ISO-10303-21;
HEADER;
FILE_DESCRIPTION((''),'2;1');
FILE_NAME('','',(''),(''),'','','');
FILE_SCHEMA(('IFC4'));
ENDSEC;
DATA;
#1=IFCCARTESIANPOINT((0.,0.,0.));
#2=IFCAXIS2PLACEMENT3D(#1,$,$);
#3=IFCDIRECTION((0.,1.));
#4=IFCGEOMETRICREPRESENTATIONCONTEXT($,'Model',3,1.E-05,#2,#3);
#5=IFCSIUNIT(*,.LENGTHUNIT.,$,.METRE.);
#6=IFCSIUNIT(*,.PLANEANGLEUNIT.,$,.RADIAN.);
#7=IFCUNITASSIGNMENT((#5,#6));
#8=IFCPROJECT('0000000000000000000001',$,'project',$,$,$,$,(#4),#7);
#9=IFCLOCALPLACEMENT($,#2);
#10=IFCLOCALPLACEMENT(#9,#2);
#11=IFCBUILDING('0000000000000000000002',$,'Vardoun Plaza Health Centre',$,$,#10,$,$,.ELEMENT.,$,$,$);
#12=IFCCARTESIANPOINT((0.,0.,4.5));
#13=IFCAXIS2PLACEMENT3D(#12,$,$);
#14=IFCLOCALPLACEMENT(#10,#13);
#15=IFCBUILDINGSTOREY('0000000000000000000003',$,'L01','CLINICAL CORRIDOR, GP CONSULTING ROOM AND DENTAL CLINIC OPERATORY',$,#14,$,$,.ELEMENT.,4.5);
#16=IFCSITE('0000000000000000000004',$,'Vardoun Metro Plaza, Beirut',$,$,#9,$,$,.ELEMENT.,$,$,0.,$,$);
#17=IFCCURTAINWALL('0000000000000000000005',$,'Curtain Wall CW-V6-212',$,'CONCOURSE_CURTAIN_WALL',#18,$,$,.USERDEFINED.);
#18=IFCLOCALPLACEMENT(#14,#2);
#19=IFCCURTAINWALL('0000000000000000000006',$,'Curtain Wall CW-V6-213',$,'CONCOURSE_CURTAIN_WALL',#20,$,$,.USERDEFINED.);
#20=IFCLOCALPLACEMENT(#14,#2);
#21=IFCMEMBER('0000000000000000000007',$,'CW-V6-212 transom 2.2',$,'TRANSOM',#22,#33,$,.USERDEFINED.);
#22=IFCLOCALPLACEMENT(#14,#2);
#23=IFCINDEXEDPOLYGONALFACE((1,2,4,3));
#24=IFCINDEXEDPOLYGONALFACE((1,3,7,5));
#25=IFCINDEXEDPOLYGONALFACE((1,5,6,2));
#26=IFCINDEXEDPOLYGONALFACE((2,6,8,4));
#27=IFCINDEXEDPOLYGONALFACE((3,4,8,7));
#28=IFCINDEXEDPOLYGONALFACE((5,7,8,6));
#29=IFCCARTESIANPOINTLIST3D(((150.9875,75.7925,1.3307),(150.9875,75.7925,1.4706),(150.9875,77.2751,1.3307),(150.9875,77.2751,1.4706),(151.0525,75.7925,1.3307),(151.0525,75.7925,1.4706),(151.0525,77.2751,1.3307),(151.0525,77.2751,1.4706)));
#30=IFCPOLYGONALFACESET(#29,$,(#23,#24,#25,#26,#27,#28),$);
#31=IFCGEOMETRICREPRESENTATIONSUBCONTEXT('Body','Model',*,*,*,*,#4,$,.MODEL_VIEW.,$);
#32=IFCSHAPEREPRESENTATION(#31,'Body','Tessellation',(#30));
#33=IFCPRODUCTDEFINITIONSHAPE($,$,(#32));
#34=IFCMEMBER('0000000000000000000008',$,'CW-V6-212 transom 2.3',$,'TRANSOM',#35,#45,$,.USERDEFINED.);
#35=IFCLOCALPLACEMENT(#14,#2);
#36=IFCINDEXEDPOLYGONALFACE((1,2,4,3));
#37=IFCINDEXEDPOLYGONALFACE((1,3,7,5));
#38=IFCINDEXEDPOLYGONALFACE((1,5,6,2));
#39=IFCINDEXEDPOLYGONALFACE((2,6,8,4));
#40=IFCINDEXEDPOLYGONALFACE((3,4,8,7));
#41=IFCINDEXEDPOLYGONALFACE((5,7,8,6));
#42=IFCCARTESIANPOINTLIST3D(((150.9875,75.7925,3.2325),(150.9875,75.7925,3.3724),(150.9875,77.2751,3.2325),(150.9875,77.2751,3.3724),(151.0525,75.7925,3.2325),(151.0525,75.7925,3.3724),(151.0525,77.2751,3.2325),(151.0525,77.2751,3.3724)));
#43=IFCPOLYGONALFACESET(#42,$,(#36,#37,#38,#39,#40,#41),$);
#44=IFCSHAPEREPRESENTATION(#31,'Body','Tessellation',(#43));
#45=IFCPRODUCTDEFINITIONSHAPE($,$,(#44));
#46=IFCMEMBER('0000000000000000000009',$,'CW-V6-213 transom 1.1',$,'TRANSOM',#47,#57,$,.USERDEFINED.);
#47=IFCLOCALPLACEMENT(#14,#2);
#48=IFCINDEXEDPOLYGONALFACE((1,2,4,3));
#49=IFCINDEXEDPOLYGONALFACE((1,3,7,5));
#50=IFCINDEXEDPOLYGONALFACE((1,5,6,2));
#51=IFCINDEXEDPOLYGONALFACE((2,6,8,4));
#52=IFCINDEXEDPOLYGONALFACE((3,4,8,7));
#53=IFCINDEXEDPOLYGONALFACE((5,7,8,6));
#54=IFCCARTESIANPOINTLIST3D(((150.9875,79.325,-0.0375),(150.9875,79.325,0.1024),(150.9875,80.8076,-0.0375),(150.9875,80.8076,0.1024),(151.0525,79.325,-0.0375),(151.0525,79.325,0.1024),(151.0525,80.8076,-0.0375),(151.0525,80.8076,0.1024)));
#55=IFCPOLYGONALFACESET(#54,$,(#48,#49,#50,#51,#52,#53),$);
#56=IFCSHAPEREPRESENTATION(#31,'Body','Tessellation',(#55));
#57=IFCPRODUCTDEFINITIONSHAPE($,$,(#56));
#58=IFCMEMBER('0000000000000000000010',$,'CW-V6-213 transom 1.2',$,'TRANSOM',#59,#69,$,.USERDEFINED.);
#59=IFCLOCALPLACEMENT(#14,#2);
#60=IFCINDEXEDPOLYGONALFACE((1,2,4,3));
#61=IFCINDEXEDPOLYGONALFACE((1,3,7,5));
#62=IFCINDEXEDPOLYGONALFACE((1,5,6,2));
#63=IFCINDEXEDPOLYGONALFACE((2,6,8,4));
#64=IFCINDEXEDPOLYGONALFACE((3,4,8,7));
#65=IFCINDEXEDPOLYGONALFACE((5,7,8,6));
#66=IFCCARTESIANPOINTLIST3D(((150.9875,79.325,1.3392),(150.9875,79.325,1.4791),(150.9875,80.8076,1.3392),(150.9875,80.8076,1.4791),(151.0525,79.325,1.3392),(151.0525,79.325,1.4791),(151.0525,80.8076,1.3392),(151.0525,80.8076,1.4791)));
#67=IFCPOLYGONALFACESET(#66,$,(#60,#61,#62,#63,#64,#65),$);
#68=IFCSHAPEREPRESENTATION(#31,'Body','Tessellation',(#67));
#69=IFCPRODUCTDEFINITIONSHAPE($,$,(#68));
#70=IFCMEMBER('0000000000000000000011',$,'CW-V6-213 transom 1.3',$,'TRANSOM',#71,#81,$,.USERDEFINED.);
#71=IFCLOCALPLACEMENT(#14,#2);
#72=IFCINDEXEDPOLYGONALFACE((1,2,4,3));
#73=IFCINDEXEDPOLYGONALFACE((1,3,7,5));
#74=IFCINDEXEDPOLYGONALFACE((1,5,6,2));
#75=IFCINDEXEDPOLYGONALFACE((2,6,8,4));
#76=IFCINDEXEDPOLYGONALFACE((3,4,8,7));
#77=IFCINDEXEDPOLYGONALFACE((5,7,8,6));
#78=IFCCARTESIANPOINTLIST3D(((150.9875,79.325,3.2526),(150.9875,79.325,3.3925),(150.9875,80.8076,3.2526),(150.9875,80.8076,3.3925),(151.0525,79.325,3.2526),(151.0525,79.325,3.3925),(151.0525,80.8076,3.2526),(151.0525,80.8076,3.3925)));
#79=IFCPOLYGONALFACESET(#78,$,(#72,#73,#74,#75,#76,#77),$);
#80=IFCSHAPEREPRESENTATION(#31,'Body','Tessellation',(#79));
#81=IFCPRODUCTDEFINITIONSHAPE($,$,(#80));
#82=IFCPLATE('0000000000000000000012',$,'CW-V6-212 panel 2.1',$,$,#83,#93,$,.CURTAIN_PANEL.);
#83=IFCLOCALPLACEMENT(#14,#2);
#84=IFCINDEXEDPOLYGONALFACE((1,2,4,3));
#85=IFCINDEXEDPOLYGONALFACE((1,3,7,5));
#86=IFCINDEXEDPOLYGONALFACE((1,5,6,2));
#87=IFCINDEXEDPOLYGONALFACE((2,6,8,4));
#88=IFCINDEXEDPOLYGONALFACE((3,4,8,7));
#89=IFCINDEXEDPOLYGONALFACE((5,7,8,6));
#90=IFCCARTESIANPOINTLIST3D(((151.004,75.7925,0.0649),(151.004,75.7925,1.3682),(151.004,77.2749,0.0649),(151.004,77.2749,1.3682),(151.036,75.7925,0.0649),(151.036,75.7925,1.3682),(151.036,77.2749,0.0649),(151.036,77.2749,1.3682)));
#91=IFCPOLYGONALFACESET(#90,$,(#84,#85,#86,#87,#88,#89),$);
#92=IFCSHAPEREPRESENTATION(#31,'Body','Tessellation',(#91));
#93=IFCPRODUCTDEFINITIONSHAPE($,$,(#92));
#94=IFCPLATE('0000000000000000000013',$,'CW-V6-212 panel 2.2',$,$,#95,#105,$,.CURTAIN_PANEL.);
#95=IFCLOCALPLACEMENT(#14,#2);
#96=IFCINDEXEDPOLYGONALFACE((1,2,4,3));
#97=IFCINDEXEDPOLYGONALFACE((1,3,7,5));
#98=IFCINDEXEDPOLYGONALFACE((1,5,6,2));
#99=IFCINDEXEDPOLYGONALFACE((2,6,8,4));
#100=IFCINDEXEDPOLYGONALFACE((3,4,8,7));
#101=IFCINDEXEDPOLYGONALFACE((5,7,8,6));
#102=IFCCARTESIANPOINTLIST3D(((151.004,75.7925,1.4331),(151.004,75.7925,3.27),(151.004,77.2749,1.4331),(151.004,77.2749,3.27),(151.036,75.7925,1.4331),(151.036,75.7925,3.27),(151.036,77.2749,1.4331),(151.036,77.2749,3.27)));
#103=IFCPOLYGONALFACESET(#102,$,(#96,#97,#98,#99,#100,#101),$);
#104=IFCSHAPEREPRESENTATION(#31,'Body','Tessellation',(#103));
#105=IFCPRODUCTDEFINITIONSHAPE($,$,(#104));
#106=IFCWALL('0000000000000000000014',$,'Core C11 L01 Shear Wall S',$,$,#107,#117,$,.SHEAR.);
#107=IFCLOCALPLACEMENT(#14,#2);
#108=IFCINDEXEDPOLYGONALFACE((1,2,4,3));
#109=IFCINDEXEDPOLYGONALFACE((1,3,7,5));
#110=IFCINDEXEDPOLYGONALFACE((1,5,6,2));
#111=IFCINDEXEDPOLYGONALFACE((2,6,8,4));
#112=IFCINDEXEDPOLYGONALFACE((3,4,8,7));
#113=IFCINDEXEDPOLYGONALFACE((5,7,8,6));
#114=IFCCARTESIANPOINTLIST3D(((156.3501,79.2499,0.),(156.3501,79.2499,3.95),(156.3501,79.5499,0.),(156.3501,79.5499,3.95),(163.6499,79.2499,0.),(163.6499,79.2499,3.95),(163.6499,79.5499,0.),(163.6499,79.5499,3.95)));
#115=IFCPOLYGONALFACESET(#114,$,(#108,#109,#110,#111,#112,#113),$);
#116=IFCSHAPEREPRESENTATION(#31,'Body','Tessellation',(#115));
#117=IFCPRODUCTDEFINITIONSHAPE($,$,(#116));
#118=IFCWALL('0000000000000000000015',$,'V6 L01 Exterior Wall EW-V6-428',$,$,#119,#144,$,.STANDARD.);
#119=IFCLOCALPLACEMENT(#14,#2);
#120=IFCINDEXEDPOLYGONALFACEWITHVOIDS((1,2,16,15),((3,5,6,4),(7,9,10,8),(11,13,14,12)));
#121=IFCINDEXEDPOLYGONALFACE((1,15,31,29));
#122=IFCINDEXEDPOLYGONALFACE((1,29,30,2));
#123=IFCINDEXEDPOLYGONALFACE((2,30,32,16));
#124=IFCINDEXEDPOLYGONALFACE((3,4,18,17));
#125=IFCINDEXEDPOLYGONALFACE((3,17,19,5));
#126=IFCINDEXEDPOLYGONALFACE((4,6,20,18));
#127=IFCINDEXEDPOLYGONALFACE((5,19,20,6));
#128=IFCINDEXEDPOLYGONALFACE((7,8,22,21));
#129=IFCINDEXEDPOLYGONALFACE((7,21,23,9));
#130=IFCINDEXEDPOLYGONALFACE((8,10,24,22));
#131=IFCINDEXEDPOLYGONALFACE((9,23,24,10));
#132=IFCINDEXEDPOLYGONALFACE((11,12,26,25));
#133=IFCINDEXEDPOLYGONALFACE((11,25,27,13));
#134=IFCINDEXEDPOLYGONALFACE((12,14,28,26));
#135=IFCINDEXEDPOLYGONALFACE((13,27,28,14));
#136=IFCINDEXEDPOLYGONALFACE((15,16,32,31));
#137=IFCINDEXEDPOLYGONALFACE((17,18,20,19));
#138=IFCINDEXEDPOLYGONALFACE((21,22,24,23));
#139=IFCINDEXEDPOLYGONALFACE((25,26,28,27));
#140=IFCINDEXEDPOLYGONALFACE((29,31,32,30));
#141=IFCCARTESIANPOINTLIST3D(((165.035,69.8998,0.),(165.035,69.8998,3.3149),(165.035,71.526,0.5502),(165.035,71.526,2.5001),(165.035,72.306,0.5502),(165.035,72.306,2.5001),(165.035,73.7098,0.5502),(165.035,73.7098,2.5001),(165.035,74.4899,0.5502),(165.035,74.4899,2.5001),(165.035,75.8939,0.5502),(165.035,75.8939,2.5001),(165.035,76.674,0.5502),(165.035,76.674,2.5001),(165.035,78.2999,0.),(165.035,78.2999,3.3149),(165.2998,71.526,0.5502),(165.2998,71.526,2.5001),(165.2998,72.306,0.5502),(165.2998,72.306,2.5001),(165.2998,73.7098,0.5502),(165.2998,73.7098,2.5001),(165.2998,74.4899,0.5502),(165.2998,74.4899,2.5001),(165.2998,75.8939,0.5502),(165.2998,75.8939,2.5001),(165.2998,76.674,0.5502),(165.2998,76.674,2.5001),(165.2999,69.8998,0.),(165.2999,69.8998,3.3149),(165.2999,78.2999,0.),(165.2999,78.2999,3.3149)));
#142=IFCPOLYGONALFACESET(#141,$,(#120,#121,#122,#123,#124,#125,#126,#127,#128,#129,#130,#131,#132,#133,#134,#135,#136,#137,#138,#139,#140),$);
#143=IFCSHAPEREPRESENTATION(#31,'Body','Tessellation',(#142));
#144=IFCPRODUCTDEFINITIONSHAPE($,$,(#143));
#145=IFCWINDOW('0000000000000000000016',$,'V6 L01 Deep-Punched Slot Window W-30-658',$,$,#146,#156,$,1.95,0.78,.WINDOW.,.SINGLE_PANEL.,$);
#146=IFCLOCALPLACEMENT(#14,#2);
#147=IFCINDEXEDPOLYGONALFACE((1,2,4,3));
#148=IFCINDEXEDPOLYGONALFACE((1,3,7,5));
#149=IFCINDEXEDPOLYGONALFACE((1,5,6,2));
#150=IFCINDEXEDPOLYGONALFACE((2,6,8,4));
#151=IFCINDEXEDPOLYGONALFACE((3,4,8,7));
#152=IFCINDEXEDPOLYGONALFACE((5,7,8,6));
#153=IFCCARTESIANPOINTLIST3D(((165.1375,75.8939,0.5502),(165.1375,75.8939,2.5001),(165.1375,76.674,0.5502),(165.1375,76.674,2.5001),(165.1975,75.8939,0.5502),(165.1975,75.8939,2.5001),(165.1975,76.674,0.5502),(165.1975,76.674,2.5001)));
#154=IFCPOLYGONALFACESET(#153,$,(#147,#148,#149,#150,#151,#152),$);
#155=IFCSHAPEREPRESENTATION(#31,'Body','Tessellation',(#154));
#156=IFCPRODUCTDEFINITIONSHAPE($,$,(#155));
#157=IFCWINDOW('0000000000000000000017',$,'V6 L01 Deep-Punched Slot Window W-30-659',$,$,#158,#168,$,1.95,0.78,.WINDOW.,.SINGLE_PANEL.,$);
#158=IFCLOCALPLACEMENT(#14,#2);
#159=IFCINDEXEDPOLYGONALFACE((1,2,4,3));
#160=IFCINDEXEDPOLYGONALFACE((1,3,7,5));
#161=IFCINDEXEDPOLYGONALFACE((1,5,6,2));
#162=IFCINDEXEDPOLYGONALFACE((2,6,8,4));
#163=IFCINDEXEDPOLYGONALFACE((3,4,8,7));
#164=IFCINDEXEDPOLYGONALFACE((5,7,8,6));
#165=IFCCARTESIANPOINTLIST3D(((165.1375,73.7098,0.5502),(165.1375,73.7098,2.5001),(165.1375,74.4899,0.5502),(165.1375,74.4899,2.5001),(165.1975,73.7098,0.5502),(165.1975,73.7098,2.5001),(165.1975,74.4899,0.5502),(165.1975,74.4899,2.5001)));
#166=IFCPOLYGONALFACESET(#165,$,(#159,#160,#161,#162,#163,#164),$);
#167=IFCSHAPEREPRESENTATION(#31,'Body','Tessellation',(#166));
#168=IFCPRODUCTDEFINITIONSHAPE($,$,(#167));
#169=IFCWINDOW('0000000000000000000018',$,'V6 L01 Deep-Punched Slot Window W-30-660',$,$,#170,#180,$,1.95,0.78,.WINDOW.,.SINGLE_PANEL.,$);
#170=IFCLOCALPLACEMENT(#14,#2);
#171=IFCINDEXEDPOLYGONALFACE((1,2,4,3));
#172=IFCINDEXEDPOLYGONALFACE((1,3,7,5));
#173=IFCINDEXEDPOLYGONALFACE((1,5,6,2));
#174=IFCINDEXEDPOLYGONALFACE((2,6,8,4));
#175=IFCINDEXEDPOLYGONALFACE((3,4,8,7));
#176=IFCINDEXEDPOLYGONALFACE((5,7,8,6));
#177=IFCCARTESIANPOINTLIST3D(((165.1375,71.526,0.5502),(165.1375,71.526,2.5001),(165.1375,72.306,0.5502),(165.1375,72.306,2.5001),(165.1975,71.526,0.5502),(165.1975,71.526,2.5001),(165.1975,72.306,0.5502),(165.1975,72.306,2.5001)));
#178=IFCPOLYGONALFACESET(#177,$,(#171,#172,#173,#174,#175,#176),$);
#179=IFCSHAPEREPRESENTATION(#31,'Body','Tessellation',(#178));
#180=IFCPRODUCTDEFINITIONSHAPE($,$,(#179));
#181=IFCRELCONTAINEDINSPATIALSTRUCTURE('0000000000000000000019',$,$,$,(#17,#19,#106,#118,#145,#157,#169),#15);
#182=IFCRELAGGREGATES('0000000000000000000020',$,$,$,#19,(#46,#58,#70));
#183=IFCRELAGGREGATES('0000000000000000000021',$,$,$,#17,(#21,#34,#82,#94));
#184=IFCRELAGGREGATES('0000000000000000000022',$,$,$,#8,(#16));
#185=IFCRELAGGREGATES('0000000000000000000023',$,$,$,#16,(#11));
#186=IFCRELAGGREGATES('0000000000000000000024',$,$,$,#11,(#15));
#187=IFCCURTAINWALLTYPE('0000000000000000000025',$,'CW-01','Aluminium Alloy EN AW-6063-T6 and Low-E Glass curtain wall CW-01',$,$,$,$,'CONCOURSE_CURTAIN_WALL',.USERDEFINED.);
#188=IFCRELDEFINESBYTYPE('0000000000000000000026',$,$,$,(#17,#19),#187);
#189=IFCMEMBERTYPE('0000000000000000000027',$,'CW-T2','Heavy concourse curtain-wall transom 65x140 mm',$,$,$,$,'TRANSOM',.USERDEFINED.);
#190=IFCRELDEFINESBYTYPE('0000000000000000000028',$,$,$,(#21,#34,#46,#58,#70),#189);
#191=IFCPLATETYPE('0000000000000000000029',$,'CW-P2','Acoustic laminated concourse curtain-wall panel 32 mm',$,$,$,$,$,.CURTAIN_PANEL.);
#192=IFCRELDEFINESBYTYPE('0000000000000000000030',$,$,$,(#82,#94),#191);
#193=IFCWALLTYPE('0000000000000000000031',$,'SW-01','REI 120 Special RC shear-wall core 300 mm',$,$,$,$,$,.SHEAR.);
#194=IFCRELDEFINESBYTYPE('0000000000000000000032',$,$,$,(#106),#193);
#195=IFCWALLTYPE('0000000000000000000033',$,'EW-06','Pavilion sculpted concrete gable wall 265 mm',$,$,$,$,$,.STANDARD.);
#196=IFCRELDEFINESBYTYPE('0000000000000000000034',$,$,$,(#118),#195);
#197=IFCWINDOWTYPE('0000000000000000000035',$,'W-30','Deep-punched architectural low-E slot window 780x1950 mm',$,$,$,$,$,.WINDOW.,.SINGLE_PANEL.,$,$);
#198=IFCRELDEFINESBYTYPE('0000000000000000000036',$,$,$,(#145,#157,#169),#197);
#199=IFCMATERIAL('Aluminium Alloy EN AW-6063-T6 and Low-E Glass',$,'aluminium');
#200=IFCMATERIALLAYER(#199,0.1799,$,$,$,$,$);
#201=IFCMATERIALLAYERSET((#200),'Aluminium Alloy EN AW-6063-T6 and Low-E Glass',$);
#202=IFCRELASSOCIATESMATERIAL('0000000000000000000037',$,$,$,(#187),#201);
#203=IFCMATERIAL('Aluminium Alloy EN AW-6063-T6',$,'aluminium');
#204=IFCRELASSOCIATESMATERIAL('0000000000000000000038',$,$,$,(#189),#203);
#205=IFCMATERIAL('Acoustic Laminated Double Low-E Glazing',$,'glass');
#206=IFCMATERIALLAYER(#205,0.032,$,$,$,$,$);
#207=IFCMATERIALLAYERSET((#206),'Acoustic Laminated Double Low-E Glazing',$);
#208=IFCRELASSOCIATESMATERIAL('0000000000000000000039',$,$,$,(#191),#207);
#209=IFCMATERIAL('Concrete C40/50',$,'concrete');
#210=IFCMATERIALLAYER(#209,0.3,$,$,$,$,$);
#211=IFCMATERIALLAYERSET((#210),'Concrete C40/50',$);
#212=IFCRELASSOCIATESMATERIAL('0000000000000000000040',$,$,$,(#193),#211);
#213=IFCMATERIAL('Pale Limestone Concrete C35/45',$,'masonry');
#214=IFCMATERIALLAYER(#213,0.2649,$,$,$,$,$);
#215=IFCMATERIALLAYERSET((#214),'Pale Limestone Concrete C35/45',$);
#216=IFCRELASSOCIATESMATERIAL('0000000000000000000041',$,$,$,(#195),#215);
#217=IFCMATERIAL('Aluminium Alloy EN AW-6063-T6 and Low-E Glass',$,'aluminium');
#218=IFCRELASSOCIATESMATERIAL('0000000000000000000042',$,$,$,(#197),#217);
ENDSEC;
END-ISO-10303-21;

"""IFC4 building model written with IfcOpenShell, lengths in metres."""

from ifc_helpers import new_model, si_unit, direction, frame, frame_2d, origin, origin_2d, place, context, subcontext, project, spatial, rectangle, extrude, material, layer, layer_set, material_profile, profile_set, type_object, element, fill, aggregate, save


model = new_model("IFC4")

# Units and contexts
model_context = context("Model", 3, precision=1e-05, world=origin(), true_north=direction((0.0, 1.0)))
body_context = subcontext(model_context, "Body", "Model", "MODEL_VIEW")
ifc_project = project(units=[si_unit("LENGTHUNIT", "METRE"), si_unit("PLANEANGLEUNIT", "RADIAN")], contexts=[model_context])

# Site, building, storey
site_placement = place(None, origin())
site = spatial("IfcSite", under=ifc_project, at=site_placement, Name="Vardoun Metro Plaza, Beirut", CompositionType="ELEMENT", RefElevation=0.0)
building_placement = place(site_placement, origin())
building = spatial("IfcBuilding", under=site, at=building_placement, Name="Vardoun Plaza Health Centre", CompositionType="ELEMENT")
storey_placement = place(building_placement, frame((0.0, 0.0, 4.5)))
storey = spatial("IfcBuildingStorey", under=building, at=storey_placement, Name="L01", Description="CLINICAL CORRIDOR, GP CONSULTING ROOM AND DENTAL CLINIC OPERATORY", CompositionType="ELEMENT", Elevation=4.5)

# Curtain walls
ifc_material_1 = material(Name="Aluminium Alloy EN AW-6063-T6 and Low-E Glass", Category="aluminium")
ifc_layer_1 = layer(ifc_material_1, 0.1799)
ifc_layer_set_1 = layer_set([ifc_layer_1], Name="Aluminium Alloy EN AW-6063-T6 and Low-E Glass")
curtain_wall_type = type_object("IfcCurtainWallType", Name="CW-01", Description="Aluminium Alloy EN AW-6063-T6 and Low-E Glass curtain wall CW-01", ElementType="CONCOURSE_CURTAIN_WALL", PredefinedType="USERDEFINED", material=ifc_layer_set_1)
curtain_wall_1_placement = place(storey_placement, origin())
curtain_wall_1 = element("IfcCurtainWall", 1, at=curtain_wall_1_placement, inside=storey, type_object=curtain_wall_type, Name="Curtain Wall CW-V6-212", ObjectType="CONCOURSE_CURTAIN_WALL", PredefinedType="USERDEFINED")
curtain_wall_2_placement = place(storey_placement, origin())
curtain_wall_2 = element("IfcCurtainWall", 2, at=curtain_wall_2_placement, inside=storey, type_object=curtain_wall_type, Name="Curtain Wall CW-V6-213", ObjectType="CONCOURSE_CURTAIN_WALL", PredefinedType="USERDEFINED")

# Members
ifc_material_2 = material(Name="Aluminium Alloy EN AW-6063-T6", Category="aluminium")
ifc_material_profile_1 = material_profile(ifc_material_2, rectangle(XDim=0.0649, YDim=0.1399, at=origin_2d()), Name="CWT 65x140")
ifc_profile_set_1 = profile_set([ifc_material_profile_1], Name="Aluminium Alloy EN AW-6063-T6")
member_type_1 = type_object("IfcMemberType", Name="CW-T2", Description="Heavy concourse curtain-wall transom 65x140 mm", ElementType="TRANSOM", PredefinedType="USERDEFINED", material=ifc_profile_set_1)
member_1_placement = place(storey_placement, frame((151.02, 75.7925, 1.4006), z_axis=(0.0, 1.0, 0.0), x_axis=(-1.0, 0.0, 0.0)))
member_1 = element("IfcMember", 3, at=member_1_placement, type_object=member_type_1, Name="CW-V6-212 transom 2.2", ObjectType="TRANSOM", PredefinedType="USERDEFINED", context=body_context, shape_type="SweptSolid", body=[
    extrude(rectangle(XDim=0.0649, YDim=0.1399, at=origin_2d()), origin(), (0.0, 0.0, 1.0), 1.4827),
])
member_2_placement = place(storey_placement, frame((151.02, 75.7925, 3.3025), z_axis=(0.0, 1.0, 0.0), x_axis=(-1.0, 0.0, 0.0)))
member_2 = element("IfcMember", 4, at=member_2_placement, type_object=member_type_1, Name="CW-V6-212 transom 2.3", ObjectType="TRANSOM", PredefinedType="USERDEFINED", context=body_context, shape_type="SweptSolid", body=[
    extrude(rectangle(XDim=0.0649, YDim=0.1399, at=origin_2d()), origin(), (0.0, 0.0, 1.0), 1.4827),
])
member_3_placement = place(storey_placement, frame((151.02, 79.325, 0.0325), z_axis=(0.0, 1.0, 0.0), x_axis=(-1.0, 0.0, 0.0)))
member_3 = element("IfcMember", 5, at=member_3_placement, type_object=member_type_1, Name="CW-V6-213 transom 1.1", ObjectType="TRANSOM", PredefinedType="USERDEFINED", context=body_context, shape_type="SweptSolid", body=[
    extrude(rectangle(XDim=0.0649, YDim=0.1399, at=origin_2d()), origin(), (0.0, 0.0, 1.0), 1.4827),
])
member_4_placement = place(storey_placement, frame((151.02, 79.325, 1.4092), z_axis=(0.0, 1.0, 0.0), x_axis=(-1.0, 0.0, 0.0)))
member_4 = element("IfcMember", 6, at=member_4_placement, type_object=member_type_1, Name="CW-V6-213 transom 1.2", ObjectType="TRANSOM", PredefinedType="USERDEFINED", context=body_context, shape_type="SweptSolid", body=[
    extrude(rectangle(XDim=0.0649, YDim=0.1399, at=origin_2d()), origin(), (0.0, 0.0, 1.0), 1.4827),
])
member_5_placement = place(storey_placement, frame((151.02, 79.325, 3.3225), z_axis=(0.0, 1.0, 0.0), x_axis=(-1.0, 0.0, 0.0)))
member_5 = element("IfcMember", 7, at=member_5_placement, type_object=member_type_1, Name="CW-V6-213 transom 1.3", ObjectType="TRANSOM", PredefinedType="USERDEFINED", context=body_context, shape_type="SweptSolid", body=[
    extrude(rectangle(XDim=0.0649, YDim=0.1399, at=origin_2d()), origin(), (0.0, 0.0, 1.0), 1.4827),
])
aggregate(curtain_wall_2, [member_3, member_4, member_5])

# Plates
ifc_material_3 = material(Name="Acoustic Laminated Double Low-E Glazing", Category="glass")
ifc_layer_2 = layer(ifc_material_3, 0.032)
ifc_layer_set_2 = layer_set([ifc_layer_2], Name="Acoustic Laminated Double Low-E Glazing")
plate_type = type_object("IfcPlateType", Name="CW-P2", Description="Acoustic laminated concourse curtain-wall panel 32 mm", PredefinedType="CURTAIN_PANEL", material=ifc_layer_set_2)
plate_1_placement = place(storey_placement, frame((151.02, 76.5337, 0.0649), z_axis=(0.0, 0.0, 1.0), x_axis=(0.0, 1.0, 0.0)))
plate_1 = element("IfcPlate", 8, at=plate_1_placement, type_object=plate_type, Name="CW-V6-212 panel 2.1", PredefinedType="CURTAIN_PANEL", context=body_context, shape_type="SweptSolid", body=[
    extrude(rectangle(XDim=1.4824, YDim=0.032, at=origin_2d()), origin(), (0.0, 0.0, 1.0), 1.3032),
])
plate_2_placement = place(storey_placement, frame((151.02, 76.5337, 1.4331), z_axis=(0.0, 0.0, 1.0), x_axis=(0.0, 1.0, 0.0)))
plate_2 = element("IfcPlate", 9, at=plate_2_placement, type_object=plate_type, Name="CW-V6-212 panel 2.2", PredefinedType="CURTAIN_PANEL", context=body_context, shape_type="SweptSolid", body=[
    extrude(rectangle(XDim=1.4824, YDim=0.032, at=origin_2d()), origin(), (0.0, 0.0, 1.0), 1.8369),
])
aggregate(curtain_wall_1, [member_1, member_2, plate_1, plate_2])

# Wall
ifc_material_4 = material(Name="Concrete C40/50", Category="concrete")
ifc_layer_3 = layer(ifc_material_4, 0.3)
ifc_layer_set_3 = layer_set([ifc_layer_3], Name="Concrete C40/50")
wall_type_1 = type_object("IfcWallType", Name="SW-01", Description="REI 120 Special RC shear-wall core 300 mm", PredefinedType="SHEAR", material=ifc_layer_set_3)
wall_1_placement = place(storey_placement, frame((163.6499, 79.3999, 0.0), z_axis=(0.0, 0.0, 1.0), x_axis=(-1.0, 0.0, 0.0)))
element("IfcWall", 10, at=wall_1_placement, inside=storey, type_object=wall_type_1, Name="Core C11 L01 Shear Wall S", PredefinedType="SHEAR", context=body_context, shape_type="SweptSolid", body=[
    extrude(rectangle(XDim=7.2998, YDim=0.3, at=frame_2d((3.6499, 0.0))), origin(), (0.0, 0.0, 1.0), 3.95),
])

# Wall, openings, windows
ifc_material_5 = material(Name="Pale Limestone Concrete C35/45", Category="masonry")
ifc_layer_4 = layer(ifc_material_5, 0.2649)
ifc_layer_set_4 = layer_set([ifc_layer_4], Name="Pale Limestone Concrete C35/45")
wall_type_2 = type_object("IfcWallType", Name="EW-06", Description="Pavilion sculpted concrete gable wall 265 mm", PredefinedType="STANDARD", material=ifc_layer_set_4)
wall_2_placement = place(storey_placement, frame((165.1675, 78.3, 0.0), z_axis=(0.0, 0.0, 1.0), x_axis=(0.0, -1.0, 0.0)))
wall_2 = element("IfcWall", 11, at=wall_2_placement, inside=storey, type_object=wall_type_2, Name="V6 L01 Exterior Wall EW-V6-428", PredefinedType="STANDARD", context=body_context, shape_type="SweptSolid", body=[
    extrude(rectangle(XDim=8.4001, YDim=0.2649, at=frame_2d((4.2002, 0.0))), origin(), (0.0, 0.0, 1.0), 3.3149),
])
opening_1_placement = place(wall_2_placement, frame((1.626, 0.0, 0.55)))
opening_1 = element("IfcOpeningElement", 12, at=opening_1_placement, cuts=wall_2, PredefinedType="OPENING", context=body_context, shape_type="SweptSolid", body=[
    extrude(rectangle(XDim=0.78, YDim=1.95, at=frame_2d((0.3901, 0.9751))), frame((0.0, 0.1323, 0.0), z_axis=(0.0, -1.0, 0.0), x_axis=(1.0, 0.0, 0.0)), (0.0, 0.0, 1.0), 0.2649),
])
opening_2_placement = place(wall_2_placement, frame((3.8101, 0.0, 0.55)))
opening_2 = element("IfcOpeningElement", 13, at=opening_2_placement, cuts=wall_2, PredefinedType="OPENING", context=body_context, shape_type="SweptSolid", body=[
    extrude(rectangle(XDim=0.78, YDim=1.95, at=frame_2d((0.3901, 0.9751))), frame((0.0, 0.1323, 0.0), z_axis=(0.0, -1.0, 0.0), x_axis=(1.0, 0.0, 0.0)), (0.0, 0.0, 1.0), 0.2649),
])
opening_3_placement = place(wall_2_placement, frame((5.9939, 0.0, 0.55)))
opening_3 = element("IfcOpeningElement", 14, at=opening_3_placement, cuts=wall_2, PredefinedType="OPENING", context=body_context, shape_type="SweptSolid", body=[
    extrude(rectangle(XDim=0.78, YDim=1.95, at=frame_2d((0.3901, 0.9751))), frame((0.0, 0.1323, 0.0), z_axis=(0.0, -1.0, 0.0), x_axis=(1.0, 0.0, 0.0)), (0.0, 0.0, 1.0), 0.2649),
])
ifc_material_6 = material(Name="Aluminium Alloy EN AW-6063-T6 and Low-E Glass", Category="aluminium")
window_type = type_object("IfcWindowType", Name="W-30", Description="Deep-punched architectural low-E slot window 780x1950 mm", PartitioningType="SINGLE_PANEL", PredefinedType="WINDOW", material=ifc_material_6)
window_1_placement = place(opening_1_placement, origin())
window_1 = element("IfcWindow", 15, at=window_1_placement, inside=storey, type_object=window_type, Name="V6 L01 Deep-Punched Slot Window W-30-658", OverallHeight=1.95, OverallWidth=0.78, PartitioningType="SINGLE_PANEL", PredefinedType="WINDOW", context=body_context, shape_type="SweptSolid", body=[
    extrude(rectangle(XDim=0.78, YDim=1.95, at=frame_2d((0.3901, 0.9751))), frame((0.0, 0.03, 0.0), z_axis=(0.0, -1.0, 0.0), x_axis=(1.0, 0.0, 0.0)), (0.0, 0.0, 1.0), 0.0601),
])
fill(opening_1, window_1)
window_2_placement = place(opening_2_placement, origin())
window_2 = element("IfcWindow", 16, at=window_2_placement, inside=storey, type_object=window_type, Name="V6 L01 Deep-Punched Slot Window W-30-659", OverallHeight=1.95, OverallWidth=0.78, PartitioningType="SINGLE_PANEL", PredefinedType="WINDOW", context=body_context, shape_type="SweptSolid", body=[
    extrude(rectangle(XDim=0.78, YDim=1.95, at=frame_2d((0.3901, 0.9751))), frame((0.0, 0.03, 0.0), z_axis=(0.0, -1.0, 0.0), x_axis=(1.0, 0.0, 0.0)), (0.0, 0.0, 1.0), 0.0601),
])
fill(opening_2, window_2)
window_3_placement = place(opening_3_placement, origin())
window_3 = element("IfcWindow", 17, at=window_3_placement, inside=storey, type_object=window_type, Name="V6 L01 Deep-Punched Slot Window W-30-660", OverallHeight=1.95, OverallWidth=0.78, PartitioningType="SINGLE_PANEL", PredefinedType="WINDOW", context=body_context, shape_type="SweptSolid", body=[
    extrude(rectangle(XDim=0.78, YDim=1.95, at=frame_2d((0.3901, 0.9751))), frame((0.0, 0.03, 0.0), z_axis=(0.0, -1.0, 0.0), x_axis=(1.0, 0.0, 0.0)), (0.0, 0.0, 1.0), 0.0601),
])
fill(opening_3, window_3)

save(model, "model.ifc")
